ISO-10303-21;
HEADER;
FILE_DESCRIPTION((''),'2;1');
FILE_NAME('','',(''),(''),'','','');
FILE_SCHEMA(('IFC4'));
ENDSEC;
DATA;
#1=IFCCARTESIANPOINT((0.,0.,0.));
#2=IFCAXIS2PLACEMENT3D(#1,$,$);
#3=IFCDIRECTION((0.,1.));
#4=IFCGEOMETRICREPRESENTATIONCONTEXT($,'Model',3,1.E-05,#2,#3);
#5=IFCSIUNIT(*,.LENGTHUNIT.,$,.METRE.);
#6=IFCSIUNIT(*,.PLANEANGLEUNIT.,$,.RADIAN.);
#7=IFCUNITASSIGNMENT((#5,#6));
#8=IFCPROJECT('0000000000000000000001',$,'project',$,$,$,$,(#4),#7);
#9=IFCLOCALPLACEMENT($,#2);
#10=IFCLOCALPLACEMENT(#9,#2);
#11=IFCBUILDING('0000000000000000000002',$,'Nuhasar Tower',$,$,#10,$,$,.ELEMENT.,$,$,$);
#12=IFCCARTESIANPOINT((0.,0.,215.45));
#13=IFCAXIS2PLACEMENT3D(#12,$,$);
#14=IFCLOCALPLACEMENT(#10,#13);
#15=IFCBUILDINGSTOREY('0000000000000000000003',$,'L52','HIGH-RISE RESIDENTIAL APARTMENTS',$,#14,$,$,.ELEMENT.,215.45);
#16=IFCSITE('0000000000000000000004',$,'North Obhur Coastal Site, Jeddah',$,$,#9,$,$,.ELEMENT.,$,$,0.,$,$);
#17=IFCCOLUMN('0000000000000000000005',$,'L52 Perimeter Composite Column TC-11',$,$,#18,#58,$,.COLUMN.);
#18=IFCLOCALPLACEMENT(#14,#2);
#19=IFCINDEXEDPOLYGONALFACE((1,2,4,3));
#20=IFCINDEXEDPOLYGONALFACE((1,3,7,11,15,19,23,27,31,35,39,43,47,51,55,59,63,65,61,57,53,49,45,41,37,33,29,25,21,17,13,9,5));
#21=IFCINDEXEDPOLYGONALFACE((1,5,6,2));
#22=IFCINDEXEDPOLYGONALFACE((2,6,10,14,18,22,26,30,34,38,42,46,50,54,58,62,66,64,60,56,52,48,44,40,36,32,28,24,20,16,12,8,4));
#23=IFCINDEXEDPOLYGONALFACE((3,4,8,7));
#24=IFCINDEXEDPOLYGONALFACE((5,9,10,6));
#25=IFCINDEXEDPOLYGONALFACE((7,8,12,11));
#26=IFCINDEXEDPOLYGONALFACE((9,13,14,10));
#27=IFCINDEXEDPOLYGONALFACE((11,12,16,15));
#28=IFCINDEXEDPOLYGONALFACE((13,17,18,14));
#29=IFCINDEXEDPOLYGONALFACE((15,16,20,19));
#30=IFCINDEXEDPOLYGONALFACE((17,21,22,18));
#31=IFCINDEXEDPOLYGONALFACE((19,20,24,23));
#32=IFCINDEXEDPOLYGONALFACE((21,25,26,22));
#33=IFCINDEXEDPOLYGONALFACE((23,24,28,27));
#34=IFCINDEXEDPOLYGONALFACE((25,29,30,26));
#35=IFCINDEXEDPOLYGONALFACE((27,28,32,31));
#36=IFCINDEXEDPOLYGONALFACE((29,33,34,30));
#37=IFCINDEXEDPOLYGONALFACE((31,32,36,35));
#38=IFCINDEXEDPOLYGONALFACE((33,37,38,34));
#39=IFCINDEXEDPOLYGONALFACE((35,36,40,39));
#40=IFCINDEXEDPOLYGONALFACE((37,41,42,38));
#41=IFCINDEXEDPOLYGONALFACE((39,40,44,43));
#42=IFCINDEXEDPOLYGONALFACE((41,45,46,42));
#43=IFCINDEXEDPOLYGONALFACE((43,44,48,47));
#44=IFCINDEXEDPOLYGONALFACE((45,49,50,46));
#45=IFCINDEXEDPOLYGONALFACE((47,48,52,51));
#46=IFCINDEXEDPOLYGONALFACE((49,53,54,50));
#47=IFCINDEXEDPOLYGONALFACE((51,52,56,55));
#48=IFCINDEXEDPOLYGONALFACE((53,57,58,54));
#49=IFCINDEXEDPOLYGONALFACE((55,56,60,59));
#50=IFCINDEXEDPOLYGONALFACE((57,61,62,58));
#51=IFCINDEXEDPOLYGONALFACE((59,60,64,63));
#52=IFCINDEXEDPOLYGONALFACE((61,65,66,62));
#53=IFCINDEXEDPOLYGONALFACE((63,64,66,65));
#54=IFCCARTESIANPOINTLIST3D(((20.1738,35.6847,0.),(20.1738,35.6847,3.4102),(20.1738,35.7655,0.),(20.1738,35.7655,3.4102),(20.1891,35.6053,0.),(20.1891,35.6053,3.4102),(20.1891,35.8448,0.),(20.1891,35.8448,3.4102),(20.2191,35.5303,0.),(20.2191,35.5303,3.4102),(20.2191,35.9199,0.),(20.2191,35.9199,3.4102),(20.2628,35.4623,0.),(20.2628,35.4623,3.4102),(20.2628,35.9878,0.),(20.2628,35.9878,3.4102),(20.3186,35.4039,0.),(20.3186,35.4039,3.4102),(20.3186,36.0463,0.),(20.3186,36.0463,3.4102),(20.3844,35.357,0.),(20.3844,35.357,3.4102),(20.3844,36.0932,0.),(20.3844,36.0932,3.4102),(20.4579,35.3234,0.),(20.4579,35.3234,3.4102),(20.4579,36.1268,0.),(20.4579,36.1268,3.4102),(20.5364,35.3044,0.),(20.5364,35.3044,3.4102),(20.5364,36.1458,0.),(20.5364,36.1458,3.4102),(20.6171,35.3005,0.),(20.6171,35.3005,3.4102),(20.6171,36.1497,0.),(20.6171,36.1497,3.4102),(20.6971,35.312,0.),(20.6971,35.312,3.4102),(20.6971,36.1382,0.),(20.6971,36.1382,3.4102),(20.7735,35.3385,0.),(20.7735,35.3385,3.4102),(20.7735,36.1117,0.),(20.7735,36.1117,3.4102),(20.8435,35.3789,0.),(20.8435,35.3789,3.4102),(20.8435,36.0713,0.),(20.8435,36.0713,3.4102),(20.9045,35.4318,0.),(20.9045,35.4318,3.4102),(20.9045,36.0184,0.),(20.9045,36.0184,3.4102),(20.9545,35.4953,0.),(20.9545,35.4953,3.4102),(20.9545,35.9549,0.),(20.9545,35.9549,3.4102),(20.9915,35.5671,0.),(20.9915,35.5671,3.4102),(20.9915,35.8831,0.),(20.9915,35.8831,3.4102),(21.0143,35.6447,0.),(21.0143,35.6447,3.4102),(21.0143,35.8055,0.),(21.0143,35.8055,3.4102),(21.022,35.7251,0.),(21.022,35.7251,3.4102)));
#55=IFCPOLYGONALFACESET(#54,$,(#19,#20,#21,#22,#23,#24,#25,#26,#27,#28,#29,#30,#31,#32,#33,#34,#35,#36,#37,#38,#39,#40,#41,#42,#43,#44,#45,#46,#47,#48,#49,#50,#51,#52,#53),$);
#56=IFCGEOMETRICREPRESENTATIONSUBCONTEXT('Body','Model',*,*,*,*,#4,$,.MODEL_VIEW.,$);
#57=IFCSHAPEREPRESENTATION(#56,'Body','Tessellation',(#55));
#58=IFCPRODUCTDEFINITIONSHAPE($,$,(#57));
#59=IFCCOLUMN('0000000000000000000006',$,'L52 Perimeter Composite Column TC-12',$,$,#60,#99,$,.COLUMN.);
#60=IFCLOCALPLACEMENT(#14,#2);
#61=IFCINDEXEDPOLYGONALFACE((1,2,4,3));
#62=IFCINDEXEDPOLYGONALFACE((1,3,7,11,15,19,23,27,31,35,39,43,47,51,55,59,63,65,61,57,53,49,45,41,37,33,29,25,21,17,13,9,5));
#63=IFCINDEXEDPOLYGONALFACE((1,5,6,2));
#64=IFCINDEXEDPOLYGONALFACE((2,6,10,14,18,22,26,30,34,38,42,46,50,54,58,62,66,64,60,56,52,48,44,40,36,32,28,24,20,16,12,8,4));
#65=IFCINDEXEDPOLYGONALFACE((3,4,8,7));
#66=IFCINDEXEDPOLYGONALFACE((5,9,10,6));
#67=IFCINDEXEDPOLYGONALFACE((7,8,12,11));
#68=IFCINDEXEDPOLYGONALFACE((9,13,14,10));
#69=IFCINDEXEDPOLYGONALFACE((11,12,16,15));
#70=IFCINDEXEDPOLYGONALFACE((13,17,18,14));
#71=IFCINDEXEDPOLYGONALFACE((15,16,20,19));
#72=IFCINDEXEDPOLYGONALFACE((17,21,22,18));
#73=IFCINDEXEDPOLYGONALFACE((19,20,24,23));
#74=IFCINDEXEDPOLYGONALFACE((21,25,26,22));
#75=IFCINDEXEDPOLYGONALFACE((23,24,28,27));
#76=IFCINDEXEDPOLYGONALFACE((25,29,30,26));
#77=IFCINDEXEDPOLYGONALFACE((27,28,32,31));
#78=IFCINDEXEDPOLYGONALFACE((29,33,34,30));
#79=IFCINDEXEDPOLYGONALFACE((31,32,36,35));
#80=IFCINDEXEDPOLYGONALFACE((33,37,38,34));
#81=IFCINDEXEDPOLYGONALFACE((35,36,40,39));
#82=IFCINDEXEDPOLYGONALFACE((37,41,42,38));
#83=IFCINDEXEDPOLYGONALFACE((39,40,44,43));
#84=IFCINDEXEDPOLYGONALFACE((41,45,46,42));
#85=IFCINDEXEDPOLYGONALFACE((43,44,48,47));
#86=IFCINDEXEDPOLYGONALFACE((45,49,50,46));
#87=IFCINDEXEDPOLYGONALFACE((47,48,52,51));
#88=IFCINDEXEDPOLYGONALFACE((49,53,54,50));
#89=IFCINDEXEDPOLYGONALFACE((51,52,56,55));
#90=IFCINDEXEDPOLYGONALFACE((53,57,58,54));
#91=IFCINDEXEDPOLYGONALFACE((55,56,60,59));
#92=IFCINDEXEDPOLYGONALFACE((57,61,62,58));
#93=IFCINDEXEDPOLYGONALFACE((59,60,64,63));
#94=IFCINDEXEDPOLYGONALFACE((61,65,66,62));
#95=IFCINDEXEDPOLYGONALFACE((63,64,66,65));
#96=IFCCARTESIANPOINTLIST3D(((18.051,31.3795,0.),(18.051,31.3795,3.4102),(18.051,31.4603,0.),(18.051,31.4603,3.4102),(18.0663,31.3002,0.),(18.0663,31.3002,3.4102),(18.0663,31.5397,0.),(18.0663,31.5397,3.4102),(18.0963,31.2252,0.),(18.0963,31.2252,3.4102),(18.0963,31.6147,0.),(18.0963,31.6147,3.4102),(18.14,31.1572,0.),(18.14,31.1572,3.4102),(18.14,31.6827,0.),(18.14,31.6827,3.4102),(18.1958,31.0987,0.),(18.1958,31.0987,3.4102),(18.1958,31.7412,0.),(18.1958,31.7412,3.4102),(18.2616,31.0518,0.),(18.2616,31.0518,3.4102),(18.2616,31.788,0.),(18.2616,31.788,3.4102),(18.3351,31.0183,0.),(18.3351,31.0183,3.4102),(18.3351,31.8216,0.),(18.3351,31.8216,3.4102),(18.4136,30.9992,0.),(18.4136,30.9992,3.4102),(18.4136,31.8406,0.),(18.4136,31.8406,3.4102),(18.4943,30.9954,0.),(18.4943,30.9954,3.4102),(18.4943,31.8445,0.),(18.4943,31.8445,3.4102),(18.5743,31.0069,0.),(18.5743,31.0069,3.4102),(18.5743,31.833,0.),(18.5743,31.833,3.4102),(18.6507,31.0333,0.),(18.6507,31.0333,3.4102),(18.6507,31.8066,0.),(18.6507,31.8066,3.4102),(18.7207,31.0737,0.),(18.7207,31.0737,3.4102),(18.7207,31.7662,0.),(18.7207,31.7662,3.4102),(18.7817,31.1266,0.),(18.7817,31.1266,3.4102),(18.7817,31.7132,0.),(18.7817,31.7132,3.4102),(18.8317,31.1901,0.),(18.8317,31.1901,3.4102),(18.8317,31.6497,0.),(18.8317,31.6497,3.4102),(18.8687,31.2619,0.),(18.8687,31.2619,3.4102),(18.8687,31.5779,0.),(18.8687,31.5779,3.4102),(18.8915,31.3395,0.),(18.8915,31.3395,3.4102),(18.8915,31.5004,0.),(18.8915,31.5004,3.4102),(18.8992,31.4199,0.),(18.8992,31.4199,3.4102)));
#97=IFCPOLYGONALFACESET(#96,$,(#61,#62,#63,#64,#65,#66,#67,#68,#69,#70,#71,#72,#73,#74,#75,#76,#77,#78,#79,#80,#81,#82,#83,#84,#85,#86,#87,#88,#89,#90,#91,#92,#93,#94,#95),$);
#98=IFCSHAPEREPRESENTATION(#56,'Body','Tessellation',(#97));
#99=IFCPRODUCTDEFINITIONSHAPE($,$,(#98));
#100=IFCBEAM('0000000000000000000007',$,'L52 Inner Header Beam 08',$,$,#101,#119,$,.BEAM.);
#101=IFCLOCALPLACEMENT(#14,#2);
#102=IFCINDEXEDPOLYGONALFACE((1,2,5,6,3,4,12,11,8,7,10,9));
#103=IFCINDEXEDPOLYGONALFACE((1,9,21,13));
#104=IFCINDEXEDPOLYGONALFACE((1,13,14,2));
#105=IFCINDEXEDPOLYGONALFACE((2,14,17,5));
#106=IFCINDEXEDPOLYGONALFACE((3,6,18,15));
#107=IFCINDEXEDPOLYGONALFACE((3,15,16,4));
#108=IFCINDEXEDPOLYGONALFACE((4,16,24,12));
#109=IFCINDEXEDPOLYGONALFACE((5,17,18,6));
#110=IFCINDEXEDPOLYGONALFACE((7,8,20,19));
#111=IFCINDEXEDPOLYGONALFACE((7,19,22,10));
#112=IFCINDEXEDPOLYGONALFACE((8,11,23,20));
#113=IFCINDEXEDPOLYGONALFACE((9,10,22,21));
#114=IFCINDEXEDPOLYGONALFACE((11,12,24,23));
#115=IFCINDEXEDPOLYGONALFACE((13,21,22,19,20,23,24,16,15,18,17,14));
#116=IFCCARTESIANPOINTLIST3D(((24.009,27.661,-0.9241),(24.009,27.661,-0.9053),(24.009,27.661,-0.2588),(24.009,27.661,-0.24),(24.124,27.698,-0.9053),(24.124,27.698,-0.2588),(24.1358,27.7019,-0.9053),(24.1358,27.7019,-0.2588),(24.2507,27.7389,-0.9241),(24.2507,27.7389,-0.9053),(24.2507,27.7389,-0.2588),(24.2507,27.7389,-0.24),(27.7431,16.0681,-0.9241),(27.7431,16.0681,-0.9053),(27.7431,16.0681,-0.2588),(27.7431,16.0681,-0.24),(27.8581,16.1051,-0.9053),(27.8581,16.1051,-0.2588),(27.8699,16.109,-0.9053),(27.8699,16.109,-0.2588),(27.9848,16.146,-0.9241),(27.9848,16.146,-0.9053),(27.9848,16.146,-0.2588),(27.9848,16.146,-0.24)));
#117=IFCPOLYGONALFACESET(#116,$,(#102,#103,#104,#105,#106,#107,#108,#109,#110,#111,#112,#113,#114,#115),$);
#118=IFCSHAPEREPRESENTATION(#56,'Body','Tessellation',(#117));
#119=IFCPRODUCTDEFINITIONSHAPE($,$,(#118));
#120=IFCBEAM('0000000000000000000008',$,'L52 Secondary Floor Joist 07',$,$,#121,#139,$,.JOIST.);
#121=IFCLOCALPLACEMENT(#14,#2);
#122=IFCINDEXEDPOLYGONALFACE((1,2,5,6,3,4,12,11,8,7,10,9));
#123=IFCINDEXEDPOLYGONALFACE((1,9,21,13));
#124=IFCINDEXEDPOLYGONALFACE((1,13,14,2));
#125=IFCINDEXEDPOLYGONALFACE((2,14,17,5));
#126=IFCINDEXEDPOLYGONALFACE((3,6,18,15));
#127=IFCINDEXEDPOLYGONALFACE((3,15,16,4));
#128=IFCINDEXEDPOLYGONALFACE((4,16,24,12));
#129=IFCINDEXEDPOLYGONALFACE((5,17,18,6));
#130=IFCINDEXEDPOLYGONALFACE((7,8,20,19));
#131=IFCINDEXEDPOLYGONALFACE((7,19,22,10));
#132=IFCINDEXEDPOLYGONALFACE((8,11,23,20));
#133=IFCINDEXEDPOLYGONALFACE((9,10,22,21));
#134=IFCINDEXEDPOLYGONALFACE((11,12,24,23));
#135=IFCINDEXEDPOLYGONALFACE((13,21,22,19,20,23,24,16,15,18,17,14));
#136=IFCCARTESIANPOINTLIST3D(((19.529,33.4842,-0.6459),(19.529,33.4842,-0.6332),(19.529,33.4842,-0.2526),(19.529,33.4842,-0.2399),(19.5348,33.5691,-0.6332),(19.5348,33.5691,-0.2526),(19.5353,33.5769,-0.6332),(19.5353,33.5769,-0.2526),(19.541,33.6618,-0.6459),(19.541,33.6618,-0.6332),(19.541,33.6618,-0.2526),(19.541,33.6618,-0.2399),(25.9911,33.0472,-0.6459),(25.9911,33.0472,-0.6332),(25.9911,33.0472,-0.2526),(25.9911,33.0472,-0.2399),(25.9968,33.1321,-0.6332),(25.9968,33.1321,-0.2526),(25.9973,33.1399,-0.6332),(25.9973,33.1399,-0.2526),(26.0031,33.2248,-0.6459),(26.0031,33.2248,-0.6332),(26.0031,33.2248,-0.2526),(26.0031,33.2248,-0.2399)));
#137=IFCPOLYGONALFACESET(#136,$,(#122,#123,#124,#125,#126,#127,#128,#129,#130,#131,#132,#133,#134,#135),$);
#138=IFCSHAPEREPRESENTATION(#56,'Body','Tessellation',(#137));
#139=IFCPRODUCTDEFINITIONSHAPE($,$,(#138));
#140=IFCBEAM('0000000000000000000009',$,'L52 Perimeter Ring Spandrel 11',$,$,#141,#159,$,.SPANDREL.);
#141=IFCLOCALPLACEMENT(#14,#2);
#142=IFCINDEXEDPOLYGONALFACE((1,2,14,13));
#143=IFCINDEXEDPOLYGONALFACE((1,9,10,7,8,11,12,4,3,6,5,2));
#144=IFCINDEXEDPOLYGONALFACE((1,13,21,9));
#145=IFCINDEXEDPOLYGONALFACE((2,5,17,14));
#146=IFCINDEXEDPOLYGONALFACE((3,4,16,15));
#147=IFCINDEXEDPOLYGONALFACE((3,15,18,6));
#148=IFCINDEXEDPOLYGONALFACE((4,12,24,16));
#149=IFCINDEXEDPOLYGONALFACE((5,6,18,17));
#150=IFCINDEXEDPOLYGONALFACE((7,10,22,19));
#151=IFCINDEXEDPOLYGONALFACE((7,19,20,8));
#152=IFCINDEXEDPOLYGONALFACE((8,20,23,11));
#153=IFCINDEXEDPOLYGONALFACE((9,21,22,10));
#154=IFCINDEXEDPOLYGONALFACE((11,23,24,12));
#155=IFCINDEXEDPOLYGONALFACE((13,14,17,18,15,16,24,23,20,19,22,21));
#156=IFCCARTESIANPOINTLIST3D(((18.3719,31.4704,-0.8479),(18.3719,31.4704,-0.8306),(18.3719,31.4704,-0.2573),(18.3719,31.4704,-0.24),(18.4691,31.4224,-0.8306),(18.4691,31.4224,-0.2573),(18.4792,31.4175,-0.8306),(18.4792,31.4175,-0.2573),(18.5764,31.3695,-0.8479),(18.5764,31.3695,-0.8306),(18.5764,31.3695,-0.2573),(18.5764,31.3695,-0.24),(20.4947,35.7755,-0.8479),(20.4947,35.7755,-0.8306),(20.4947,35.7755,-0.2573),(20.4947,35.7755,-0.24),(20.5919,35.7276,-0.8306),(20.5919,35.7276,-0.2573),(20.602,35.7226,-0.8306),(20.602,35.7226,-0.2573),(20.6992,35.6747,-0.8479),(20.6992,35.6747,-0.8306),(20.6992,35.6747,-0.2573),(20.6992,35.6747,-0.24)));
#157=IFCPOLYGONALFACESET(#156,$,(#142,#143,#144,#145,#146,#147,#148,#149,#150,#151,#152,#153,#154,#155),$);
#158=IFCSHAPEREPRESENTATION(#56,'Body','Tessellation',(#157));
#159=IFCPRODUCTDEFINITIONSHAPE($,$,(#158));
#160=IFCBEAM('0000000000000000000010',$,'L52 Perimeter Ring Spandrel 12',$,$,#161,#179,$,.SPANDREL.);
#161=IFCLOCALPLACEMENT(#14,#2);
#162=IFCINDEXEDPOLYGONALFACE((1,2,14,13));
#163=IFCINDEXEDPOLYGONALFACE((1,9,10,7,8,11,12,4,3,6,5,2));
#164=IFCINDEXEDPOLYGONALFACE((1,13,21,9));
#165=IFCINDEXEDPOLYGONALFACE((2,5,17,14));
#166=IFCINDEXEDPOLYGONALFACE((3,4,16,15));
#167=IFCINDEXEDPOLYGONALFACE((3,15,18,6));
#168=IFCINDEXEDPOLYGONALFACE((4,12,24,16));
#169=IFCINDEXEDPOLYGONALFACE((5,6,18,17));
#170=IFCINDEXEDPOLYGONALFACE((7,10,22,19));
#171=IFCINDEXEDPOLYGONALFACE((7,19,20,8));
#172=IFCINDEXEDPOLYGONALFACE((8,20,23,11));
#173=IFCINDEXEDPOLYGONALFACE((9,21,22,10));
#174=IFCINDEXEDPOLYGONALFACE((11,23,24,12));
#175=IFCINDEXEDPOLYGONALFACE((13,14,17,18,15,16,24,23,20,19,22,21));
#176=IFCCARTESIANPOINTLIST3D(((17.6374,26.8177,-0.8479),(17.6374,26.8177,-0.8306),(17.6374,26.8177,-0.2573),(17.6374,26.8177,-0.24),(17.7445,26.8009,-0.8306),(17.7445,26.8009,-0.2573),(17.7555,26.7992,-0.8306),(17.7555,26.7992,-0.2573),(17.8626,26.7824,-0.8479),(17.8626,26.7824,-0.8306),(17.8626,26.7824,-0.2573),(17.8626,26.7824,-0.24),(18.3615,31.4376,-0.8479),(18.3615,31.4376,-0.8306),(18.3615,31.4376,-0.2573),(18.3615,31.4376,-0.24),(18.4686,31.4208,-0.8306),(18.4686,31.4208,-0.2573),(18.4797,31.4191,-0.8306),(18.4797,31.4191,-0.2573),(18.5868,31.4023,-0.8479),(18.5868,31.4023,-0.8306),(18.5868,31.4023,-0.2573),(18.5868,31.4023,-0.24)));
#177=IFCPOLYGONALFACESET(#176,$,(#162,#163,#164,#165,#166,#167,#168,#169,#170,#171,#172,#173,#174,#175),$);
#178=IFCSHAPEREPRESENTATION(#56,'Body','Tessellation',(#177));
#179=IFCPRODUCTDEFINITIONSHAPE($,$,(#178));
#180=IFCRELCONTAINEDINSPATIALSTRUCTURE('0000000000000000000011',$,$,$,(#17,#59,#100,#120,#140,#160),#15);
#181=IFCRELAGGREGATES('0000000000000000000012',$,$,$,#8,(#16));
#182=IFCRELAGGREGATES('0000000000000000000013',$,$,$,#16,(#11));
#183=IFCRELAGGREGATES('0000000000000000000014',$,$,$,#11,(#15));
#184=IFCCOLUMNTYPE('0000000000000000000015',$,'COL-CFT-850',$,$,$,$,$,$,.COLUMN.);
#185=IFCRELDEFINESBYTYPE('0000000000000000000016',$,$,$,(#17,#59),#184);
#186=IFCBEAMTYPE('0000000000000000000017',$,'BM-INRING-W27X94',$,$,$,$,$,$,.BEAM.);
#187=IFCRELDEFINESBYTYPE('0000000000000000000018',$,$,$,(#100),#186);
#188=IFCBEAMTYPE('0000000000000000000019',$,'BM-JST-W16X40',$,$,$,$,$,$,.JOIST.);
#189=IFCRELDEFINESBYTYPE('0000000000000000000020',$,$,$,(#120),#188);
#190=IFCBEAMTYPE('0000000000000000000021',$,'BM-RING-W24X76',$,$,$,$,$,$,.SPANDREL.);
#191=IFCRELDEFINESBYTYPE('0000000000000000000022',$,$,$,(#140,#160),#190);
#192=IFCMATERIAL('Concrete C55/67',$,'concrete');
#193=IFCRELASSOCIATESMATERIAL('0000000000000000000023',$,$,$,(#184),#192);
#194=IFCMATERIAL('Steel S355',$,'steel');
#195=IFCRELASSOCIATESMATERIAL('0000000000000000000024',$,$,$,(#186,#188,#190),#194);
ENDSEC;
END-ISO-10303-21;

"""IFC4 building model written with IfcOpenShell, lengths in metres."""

from ifc_helpers import new_model, si_unit, direction, frame, origin, origin_2d, place, context, subcontext, project, spatial, circle, i_section, extrude, material, material_profile, profile_set, type_object, element, save


model = new_model("IFC4")

# Units and contexts
model_context = context("Model", 3, precision=1e-05, world=origin(), true_north=direction((0.0, 1.0)))
body_context = subcontext(model_context, "Body", "Model", "MODEL_VIEW")
ifc_project = project(units=[si_unit("LENGTHUNIT", "METRE"), si_unit("PLANEANGLEUNIT", "RADIAN")], contexts=[model_context])

# Site, building, storey
site_placement = place(None, origin())
site = spatial("IfcSite", under=ifc_project, at=site_placement, Name="North Obhur Coastal Site, Jeddah", CompositionType="ELEMENT", RefElevation=0.0)
building_placement = place(site_placement, origin())
building = spatial("IfcBuilding", under=site, at=building_placement, Name="Nuhasar Tower", CompositionType="ELEMENT")
storey_placement = place(building_placement, frame((0.0, 0.0, 215.45)))
storey = spatial("IfcBuildingStorey", under=building, at=storey_placement, Name="L52", Description="HIGH-RISE RESIDENTIAL APARTMENTS", CompositionType="ELEMENT", Elevation=215.45)

# Columns
ifc_material_1 = material(Name="Concrete C55/67", Category="concrete")
ifc_material_profile_1 = material_profile(ifc_material_1, circle(Radius=0.425, at=origin_2d()), Name="CFT850")
ifc_profile_set_1 = profile_set([ifc_material_profile_1], Name="Concrete C55/67")
column_type = type_object("IfcColumnType", Name="COL-CFT-850", PredefinedType="COLUMN", material=ifc_profile_set_1)
for number, where, z_axis, x_axis, name in (
    (1, (20.5969, 35.7251, 0.0), (0.0, 0.0, 1.0), (1.0, 0.0, 0.0), "L52 Perimeter Composite Column TC-11"),
    (2, (18.4741, 31.4199, 0.0), (0.0, 0.0, 1.0), (1.0, 0.0, 0.0), "L52 Perimeter Composite Column TC-12"),
):
    element("IfcColumn", number, at=place(storey_placement, frame(where, z_axis=z_axis, x_axis=x_axis)), inside=storey, type_object=column_type, Name=name, PredefinedType="COLUMN", context=body_context, shape_type="SweptSolid", body=[
        extrude(circle(Radius=0.425, at=origin_2d()), origin(), (0.0, 0.0, 1.0), 3.4102),
    ])

# Beams
ifc_material_2 = material(Name="Steel S355", Category="steel")
ifc_material_profile_2 = material_profile(ifc_material_2, i_section(OverallWidth=0.2539, OverallDepth=0.6841, WebThickness=0.0125, FlangeThickness=0.0188, at=origin_2d()), Name="W27X94")
ifc_profile_set_2 = profile_set([ifc_material_profile_2], Name="Steel S355")
beam_type_1 = type_object("IfcBeamType", Name="BM-INRING-W27X94", PredefinedType="BEAM", material=ifc_profile_set_2)
beam_1_placement = place(storey_placement, frame((24.1299, 27.7, -0.582), z_axis=(0.30659, -0.951842, 0.0), x_axis=(0.951842, 0.30659, 0.0)))
element("IfcBeam", 3, at=beam_1_placement, inside=storey, type_object=beam_type_1, Name="L52 Inner Header Beam 08", PredefinedType="BEAM", context=body_context, shape_type="SweptSolid", body=[
    extrude(i_section(OverallWidth=0.2539, OverallDepth=0.6841, WebThickness=0.0125, FlangeThickness=0.0188, at=origin_2d()), origin(), (0.0, 0.0, 1.0), 12.1794),
])
ifc_material_profile_3 = material_profile(ifc_material_2, i_section(OverallWidth=0.178, OverallDepth=0.406, WebThickness=0.0078, FlangeThickness=0.0127, at=origin_2d()), Name="W16X40")
ifc_profile_set_3 = profile_set([ifc_material_profile_3], Name="Steel S355")
beam_type_2 = type_object("IfcBeamType", Name="BM-JST-W16X40", PredefinedType="JOIST", material=ifc_profile_set_3)
beam_2_placement = place(storey_placement, frame((25.9971, 33.136, -0.4429), z_axis=(-0.997721, 0.067472, 0.0), x_axis=(-0.067472, -0.997721, 0.0)))
element("IfcBeam", 4, at=beam_2_placement, inside=storey, type_object=beam_type_2, Name="L52 Secondary Floor Joist 07", PredefinedType="JOIST", context=body_context, shape_type="SweptSolid", body=[
    extrude(i_section(OverallWidth=0.178, OverallDepth=0.406, WebThickness=0.0078, FlangeThickness=0.0127, at=origin_2d()), origin(), (0.0, 0.0, 1.0), 6.4768),
])
ifc_material_profile_4 = material_profile(ifc_material_2, i_section(OverallWidth=0.228, OverallDepth=0.6079, WebThickness=0.0112, FlangeThickness=0.0173, at=origin_2d()), Name="W24X76")
ifc_profile_set_4 = profile_set([ifc_material_profile_4], Name="Steel S355")
beam_type_3 = type_object("IfcBeamType", Name="BM-RING-W24X76", PredefinedType="SPANDREL", material=ifc_profile_set_4)
beam_3_placement = place(storey_placement, frame((20.5969, 35.7251, -0.5439), z_axis=(-0.442243, -0.896895, 0.0), x_axis=(0.896895, -0.442243, 0.0)))
element("IfcBeam", 5, at=beam_3_placement, inside=storey, type_object=beam_type_3, Name="L52 Perimeter Ring Spandrel 11", PredefinedType="SPANDREL", context=body_context, shape_type="SweptSolid", body=[
    extrude(i_section(OverallWidth=0.228, OverallDepth=0.6079, WebThickness=0.0112, FlangeThickness=0.0173, at=origin_2d()), origin(), (0.0, 0.0, 1.0), 4.8),
])
beam_4_placement = place(storey_placement, frame((18.4741, 31.4199, -0.5439), z_axis=(-0.15485, -0.987938, 0.0), x_axis=(0.987938, -0.15485, 0.0)))
element("IfcBeam", 6, at=beam_4_placement, inside=storey, type_object=beam_type_3, Name="L52 Perimeter Ring Spandrel 12", PredefinedType="SPANDREL", context=body_context, shape_type="SweptSolid", body=[
    extrude(i_section(OverallWidth=0.228, OverallDepth=0.6079, WebThickness=0.0112, FlangeThickness=0.0173, at=origin_2d()), origin(), (0.0, 0.0, 1.0), 4.6763),
])

save(model, "model.ifc")
